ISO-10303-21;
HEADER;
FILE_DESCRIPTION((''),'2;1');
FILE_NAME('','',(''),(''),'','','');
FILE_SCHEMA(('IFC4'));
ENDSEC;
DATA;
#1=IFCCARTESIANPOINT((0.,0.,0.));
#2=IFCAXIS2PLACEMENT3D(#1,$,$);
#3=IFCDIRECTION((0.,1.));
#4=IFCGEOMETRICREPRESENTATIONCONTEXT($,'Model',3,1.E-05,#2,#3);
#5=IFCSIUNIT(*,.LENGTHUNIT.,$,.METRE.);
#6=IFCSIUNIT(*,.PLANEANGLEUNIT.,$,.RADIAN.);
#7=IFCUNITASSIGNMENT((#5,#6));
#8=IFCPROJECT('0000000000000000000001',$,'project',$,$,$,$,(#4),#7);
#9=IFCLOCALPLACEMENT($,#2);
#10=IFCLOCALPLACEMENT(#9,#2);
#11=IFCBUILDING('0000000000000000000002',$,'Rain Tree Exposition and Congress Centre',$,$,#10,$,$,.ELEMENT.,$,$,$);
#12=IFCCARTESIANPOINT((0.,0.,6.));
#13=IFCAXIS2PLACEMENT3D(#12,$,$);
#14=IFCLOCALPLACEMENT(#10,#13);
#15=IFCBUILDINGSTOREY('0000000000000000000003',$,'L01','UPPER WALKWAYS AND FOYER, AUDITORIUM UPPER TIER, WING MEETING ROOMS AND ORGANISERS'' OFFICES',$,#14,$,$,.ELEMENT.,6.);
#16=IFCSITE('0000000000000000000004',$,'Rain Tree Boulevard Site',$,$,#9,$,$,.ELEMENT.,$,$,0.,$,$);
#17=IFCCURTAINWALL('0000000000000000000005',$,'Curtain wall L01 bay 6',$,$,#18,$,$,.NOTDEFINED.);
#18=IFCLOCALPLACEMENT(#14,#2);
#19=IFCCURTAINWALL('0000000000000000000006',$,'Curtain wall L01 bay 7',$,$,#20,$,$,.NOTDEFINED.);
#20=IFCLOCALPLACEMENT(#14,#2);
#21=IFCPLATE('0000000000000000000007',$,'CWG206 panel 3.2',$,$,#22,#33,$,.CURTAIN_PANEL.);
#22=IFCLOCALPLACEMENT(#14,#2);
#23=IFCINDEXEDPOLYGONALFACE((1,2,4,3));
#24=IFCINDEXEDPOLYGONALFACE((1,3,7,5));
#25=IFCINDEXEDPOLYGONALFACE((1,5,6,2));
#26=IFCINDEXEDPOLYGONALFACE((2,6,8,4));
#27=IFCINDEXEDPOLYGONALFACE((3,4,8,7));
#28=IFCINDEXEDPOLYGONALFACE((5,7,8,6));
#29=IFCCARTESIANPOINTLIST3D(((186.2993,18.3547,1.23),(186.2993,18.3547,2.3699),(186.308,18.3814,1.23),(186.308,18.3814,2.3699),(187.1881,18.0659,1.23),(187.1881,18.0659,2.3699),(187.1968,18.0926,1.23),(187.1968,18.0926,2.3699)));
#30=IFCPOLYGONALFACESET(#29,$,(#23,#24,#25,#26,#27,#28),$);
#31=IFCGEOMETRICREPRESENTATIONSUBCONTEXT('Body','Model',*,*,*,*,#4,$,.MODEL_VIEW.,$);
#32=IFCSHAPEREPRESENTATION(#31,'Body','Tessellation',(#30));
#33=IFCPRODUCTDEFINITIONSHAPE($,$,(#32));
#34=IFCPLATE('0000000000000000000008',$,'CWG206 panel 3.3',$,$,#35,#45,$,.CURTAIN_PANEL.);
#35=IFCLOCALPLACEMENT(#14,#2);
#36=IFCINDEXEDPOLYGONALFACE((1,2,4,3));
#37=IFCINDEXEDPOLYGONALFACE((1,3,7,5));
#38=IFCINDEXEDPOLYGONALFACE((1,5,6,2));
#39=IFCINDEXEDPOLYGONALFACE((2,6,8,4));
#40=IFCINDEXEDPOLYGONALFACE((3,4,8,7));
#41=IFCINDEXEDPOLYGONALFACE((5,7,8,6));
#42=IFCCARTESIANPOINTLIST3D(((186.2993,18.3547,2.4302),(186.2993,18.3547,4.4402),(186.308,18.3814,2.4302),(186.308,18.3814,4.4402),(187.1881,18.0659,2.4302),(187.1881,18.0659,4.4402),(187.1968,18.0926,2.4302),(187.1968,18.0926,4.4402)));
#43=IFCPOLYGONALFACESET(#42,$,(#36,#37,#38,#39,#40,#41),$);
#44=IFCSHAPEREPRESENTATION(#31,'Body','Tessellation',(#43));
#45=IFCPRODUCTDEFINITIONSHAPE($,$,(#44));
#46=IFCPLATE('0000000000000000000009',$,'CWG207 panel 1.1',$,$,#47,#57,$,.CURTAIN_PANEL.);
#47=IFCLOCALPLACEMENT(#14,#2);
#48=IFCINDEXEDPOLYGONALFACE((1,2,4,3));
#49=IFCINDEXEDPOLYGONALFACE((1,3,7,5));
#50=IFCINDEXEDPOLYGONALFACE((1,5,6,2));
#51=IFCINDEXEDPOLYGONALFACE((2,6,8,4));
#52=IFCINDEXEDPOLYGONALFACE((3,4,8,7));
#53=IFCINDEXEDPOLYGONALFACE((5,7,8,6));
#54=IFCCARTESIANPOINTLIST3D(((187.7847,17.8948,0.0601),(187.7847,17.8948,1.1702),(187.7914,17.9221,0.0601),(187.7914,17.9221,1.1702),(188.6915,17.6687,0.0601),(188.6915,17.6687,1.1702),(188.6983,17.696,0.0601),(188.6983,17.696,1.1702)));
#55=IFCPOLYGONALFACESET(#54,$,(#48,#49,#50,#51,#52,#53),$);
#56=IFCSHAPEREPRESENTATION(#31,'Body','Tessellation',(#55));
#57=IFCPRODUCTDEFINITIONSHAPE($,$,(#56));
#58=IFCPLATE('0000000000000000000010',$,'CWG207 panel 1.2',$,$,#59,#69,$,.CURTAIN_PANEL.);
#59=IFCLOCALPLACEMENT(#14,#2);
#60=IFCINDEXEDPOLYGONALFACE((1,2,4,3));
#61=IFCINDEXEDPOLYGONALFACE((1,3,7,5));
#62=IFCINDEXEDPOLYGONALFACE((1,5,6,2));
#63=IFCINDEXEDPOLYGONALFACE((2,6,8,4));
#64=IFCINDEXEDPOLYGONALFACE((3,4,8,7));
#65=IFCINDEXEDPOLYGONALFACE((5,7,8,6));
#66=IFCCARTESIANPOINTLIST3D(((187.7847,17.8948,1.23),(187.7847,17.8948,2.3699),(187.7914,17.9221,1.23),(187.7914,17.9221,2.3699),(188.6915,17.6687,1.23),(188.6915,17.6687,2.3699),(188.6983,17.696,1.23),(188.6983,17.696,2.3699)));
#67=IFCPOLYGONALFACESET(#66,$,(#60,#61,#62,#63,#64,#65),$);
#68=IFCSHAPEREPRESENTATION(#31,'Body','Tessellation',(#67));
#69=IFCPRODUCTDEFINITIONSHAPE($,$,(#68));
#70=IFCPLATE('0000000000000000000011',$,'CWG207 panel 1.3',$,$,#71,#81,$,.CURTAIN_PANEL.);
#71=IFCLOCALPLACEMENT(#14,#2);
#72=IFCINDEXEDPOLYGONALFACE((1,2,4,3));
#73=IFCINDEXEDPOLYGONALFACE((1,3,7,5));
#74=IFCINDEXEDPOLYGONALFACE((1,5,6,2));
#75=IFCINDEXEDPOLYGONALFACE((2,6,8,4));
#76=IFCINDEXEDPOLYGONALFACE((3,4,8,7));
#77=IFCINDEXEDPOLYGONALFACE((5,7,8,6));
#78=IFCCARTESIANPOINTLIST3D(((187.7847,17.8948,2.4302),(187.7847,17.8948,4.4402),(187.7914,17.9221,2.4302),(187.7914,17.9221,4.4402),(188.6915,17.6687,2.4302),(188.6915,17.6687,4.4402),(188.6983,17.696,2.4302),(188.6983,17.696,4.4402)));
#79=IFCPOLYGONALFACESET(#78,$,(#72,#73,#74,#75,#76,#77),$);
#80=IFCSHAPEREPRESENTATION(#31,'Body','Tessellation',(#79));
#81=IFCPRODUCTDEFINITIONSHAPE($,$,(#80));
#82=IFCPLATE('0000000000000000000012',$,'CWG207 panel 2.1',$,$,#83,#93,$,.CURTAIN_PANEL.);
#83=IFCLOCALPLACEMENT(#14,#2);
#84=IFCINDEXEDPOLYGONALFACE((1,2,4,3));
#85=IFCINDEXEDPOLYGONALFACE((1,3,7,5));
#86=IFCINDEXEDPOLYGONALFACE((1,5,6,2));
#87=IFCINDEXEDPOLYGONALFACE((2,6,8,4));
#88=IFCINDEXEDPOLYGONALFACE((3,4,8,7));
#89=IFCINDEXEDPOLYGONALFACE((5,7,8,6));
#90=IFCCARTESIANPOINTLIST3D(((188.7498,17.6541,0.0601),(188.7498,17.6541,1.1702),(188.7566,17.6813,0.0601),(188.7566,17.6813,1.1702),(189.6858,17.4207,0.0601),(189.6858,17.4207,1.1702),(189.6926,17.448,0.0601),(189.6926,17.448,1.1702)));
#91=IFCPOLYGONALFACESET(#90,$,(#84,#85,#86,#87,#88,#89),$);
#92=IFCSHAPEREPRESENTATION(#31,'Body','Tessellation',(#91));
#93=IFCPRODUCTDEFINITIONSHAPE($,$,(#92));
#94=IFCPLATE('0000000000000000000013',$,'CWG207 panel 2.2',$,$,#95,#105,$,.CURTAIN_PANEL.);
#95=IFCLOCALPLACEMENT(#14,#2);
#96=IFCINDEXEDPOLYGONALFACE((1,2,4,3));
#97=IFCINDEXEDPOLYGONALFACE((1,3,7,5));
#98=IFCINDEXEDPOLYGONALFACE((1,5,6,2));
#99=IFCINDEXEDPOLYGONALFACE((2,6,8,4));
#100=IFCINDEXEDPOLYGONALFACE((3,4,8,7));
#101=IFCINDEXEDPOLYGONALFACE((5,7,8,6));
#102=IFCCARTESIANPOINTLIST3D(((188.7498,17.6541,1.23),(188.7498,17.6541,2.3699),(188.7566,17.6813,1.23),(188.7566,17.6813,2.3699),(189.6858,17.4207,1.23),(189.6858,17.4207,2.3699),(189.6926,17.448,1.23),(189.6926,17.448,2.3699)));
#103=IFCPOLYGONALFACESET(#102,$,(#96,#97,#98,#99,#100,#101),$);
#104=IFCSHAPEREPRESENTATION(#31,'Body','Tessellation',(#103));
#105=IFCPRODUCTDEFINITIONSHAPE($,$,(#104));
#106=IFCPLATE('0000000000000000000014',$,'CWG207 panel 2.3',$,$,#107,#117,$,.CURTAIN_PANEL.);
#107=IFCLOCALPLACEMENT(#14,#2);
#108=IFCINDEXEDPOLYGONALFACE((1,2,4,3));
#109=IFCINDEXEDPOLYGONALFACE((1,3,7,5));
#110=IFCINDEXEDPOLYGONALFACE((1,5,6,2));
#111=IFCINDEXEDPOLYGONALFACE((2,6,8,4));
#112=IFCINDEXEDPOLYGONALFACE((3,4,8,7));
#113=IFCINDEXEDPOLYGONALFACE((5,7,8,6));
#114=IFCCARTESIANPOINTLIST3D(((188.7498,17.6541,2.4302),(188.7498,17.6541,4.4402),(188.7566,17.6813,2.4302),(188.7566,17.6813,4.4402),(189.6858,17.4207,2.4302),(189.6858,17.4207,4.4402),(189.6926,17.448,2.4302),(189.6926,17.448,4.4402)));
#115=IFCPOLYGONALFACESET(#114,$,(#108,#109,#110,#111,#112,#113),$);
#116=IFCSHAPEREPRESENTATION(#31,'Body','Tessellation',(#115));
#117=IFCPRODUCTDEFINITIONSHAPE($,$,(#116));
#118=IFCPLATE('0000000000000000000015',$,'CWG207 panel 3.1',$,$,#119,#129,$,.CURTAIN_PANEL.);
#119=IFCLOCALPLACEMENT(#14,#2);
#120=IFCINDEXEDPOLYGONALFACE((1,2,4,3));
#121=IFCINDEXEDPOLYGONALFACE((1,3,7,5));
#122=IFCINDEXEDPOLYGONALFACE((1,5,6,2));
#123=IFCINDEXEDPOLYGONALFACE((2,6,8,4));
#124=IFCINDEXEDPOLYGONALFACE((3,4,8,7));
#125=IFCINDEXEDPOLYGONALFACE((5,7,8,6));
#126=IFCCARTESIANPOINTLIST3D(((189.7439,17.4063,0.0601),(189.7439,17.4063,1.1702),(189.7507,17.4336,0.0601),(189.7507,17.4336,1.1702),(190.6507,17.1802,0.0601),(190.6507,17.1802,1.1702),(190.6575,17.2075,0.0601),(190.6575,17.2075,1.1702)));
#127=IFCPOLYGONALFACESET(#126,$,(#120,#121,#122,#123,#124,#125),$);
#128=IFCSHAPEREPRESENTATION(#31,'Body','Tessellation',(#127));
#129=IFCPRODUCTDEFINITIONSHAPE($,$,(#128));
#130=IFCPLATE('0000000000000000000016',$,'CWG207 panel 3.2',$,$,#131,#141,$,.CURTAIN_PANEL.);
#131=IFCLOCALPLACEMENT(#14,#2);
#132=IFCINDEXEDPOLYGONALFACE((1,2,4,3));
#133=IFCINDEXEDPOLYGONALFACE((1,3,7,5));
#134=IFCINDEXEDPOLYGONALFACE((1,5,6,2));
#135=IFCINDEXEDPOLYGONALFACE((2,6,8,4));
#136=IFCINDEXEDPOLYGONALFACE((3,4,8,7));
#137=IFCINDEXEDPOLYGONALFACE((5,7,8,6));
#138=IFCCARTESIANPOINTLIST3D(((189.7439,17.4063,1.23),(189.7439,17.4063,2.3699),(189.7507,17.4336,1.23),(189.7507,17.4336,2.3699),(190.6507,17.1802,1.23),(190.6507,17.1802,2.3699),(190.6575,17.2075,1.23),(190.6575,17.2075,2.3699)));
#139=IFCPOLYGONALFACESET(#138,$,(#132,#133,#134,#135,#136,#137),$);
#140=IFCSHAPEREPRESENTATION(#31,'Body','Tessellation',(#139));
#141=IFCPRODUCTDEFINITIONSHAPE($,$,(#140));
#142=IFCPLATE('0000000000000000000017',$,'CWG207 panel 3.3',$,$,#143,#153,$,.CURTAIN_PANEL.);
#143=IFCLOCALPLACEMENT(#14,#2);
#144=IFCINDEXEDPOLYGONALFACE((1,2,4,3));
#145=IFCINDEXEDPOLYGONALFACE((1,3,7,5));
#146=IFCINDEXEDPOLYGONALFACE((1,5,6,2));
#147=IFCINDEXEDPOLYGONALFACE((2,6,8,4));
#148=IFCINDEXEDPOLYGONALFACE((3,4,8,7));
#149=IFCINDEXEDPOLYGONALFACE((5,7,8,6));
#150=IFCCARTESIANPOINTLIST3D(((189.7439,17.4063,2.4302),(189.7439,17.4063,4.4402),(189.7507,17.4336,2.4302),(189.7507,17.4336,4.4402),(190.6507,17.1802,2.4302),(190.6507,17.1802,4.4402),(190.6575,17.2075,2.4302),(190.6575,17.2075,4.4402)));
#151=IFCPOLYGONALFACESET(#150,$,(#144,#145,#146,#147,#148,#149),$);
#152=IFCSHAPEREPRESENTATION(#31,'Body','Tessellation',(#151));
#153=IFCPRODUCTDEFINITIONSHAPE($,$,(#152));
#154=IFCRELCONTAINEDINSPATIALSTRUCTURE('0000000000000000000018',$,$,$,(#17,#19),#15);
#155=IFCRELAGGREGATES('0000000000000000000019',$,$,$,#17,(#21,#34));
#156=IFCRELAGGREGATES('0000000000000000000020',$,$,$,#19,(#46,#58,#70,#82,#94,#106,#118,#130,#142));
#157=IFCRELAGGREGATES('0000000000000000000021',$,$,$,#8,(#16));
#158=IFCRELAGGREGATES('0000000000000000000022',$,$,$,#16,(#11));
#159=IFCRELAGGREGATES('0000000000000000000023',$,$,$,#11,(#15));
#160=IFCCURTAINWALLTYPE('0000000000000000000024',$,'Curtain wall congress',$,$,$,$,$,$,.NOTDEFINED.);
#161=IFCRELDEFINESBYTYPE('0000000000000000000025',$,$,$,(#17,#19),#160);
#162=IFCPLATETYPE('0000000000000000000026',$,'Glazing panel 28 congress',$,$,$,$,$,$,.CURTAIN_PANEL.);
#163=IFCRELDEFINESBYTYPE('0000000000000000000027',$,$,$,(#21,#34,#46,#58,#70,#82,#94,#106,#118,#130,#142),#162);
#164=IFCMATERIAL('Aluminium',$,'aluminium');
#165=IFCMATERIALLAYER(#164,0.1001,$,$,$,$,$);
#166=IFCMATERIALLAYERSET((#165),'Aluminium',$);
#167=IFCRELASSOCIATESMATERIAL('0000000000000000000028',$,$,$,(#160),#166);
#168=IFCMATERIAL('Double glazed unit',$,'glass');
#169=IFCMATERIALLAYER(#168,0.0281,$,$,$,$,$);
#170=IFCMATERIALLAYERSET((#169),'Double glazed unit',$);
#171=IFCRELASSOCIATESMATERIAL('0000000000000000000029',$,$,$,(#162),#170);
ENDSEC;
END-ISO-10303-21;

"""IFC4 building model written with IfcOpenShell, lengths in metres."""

from ifc_helpers import new_model, si_unit, direction, frame, origin, origin_2d, place, context, subcontext, project, spatial, rectangle, extrude, material, layer, layer_set, type_object, element, aggregate, save


model = new_model("IFC4")

# Units and contexts
model_context = context("Model", 3, precision=1e-05, world=origin(), true_north=direction((0.0, 1.0)))
body_context = subcontext(model_context, "Body", "Model", "MODEL_VIEW")
ifc_project = project(units=[si_unit("LENGTHUNIT", "METRE"), si_unit("PLANEANGLEUNIT", "RADIAN")], contexts=[model_context])

# Site, building, storey
site_placement = place(None, origin())
site = spatial("IfcSite", under=ifc_project, at=site_placement, Name="Rain Tree Boulevard Site", CompositionType="ELEMENT", RefElevation=0.0)
building_placement = place(site_placement, origin())
building = spatial("IfcBuilding", under=site, at=building_placement, Name="Rain Tree Exposition and Congress Centre", CompositionType="ELEMENT")
storey_placement = place(building_placement, frame((0.0, 0.0, 6.0)))
storey = spatial("IfcBuildingStorey", under=building, at=storey_placement, Name="L01", Description="UPPER WALKWAYS AND FOYER, AUDITORIUM UPPER TIER, WING MEETING ROOMS AND ORGANISERS' OFFICES", CompositionType="ELEMENT", Elevation=6.0)

# Curtain wall
ifc_material_1 = material(Name="Aluminium", Category="aluminium")
ifc_layer_1 = layer(ifc_material_1, 0.1001)
ifc_layer_set_1 = layer_set([ifc_layer_1], Name="Aluminium")
curtain_wall_type = type_object("IfcCurtainWallType", Name="Curtain wall congress", PredefinedType="NOTDEFINED", material=ifc_layer_set_1)
curtain_wall_1_placement = place(storey_placement, origin())
curtain_wall_1 = element("IfcCurtainWall", 1, at=curtain_wall_1_placement, inside=storey, type_object=curtain_wall_type, Name="Curtain wall L01 bay 6", PredefinedType="NOTDEFINED")

# Curtain wall
curtain_wall_2_placement = place(storey_placement, origin())
curtain_wall_2 = element("IfcCurtainWall", 2, at=curtain_wall_2_placement, inside=storey, type_object=curtain_wall_type, Name="Curtain wall L01 bay 7", PredefinedType="NOTDEFINED")

# Plates
ifc_material_2 = material(Name="Double glazed unit", Category="glass")
ifc_layer_2 = layer(ifc_material_2, 0.0281)
ifc_layer_set_2 = layer_set([ifc_layer_2], Name="Double glazed unit")
plate_type = type_object("IfcPlateType", Name="Glazing panel 28 congress", PredefinedType="CURTAIN_PANEL", material=ifc_layer_set_2)
plate_1_placement = place(storey_placement, frame((186.748, 18.2236, 1.23), z_axis=(0.0, 0.0, 1.0), x_axis=(0.95106, -0.309006, 0.0)))
plate_1 = element("IfcPlate", 3, at=plate_1_placement, type_object=plate_type, Name="CWG206 panel 3.2", PredefinedType="CURTAIN_PANEL", context=body_context, shape_type="SweptSolid", body=[
    extrude(rectangle(XDim=0.9346, YDim=0.0281, at=origin_2d()), origin(), (0.0, 0.0, 1.0), 1.1399),
])
plate_2_placement = place(storey_placement, frame((186.748, 18.2236, 2.4302), z_axis=(0.0, 0.0, 1.0), x_axis=(0.95106, -0.309006, 0.0)))
plate_2 = element("IfcPlate", 4, at=plate_2_placement, type_object=plate_type, Name="CWG206 panel 3.3", PredefinedType="CURTAIN_PANEL", context=body_context, shape_type="SweptSolid", body=[
    extrude(rectangle(XDim=0.9346, YDim=0.0281, at=origin_2d()), origin(), (0.0, 0.0, 1.0), 2.01),
])
aggregate(curtain_wall_1, [plate_1, plate_2])
plate_3_placement = place(storey_placement, frame((188.2415, 17.7954, 0.0601), z_axis=(0.0, 0.0, 1.0), x_axis=(0.970295, -0.241923, 0.0)))
plate_3 = element("IfcPlate", 5, at=plate_3_placement, type_object=plate_type, Name="CWG207 panel 1.1", PredefinedType="CURTAIN_PANEL", context=body_context, shape_type="SweptSolid", body=[
    extrude(rectangle(XDim=0.9346, YDim=0.0281, at=origin_2d()), origin(), (0.0, 0.0, 1.0), 1.1101),
])
plate_4_placement = place(storey_placement, frame((188.2415, 17.7954, 1.23), z_axis=(0.0, 0.0, 1.0), x_axis=(0.970295, -0.241923, 0.0)))
plate_4 = element("IfcPlate", 6, at=plate_4_placement, type_object=plate_type, Name="CWG207 panel 1.2", PredefinedType="CURTAIN_PANEL", context=body_context, shape_type="SweptSolid", body=[
    extrude(rectangle(XDim=0.9346, YDim=0.0281, at=origin_2d()), origin(), (0.0, 0.0, 1.0), 1.1399),
])
plate_5_placement = place(storey_placement, frame((188.2415, 17.7954, 2.4302), z_axis=(0.0, 0.0, 1.0), x_axis=(0.970295, -0.241923, 0.0)))
plate_5 = element("IfcPlate", 7, at=plate_5_placement, type_object=plate_type, Name="CWG207 panel 1.3", PredefinedType="CURTAIN_PANEL", context=body_context, shape_type="SweptSolid", body=[
    extrude(rectangle(XDim=0.9346, YDim=0.0281, at=origin_2d()), origin(), (0.0, 0.0, 1.0), 2.01),
])
plate_6_placement = place(storey_placement, frame((189.2212, 17.551, 0.0601), z_axis=(0.0, 0.0, 1.0), x_axis=(0.970295, -0.241923, 0.0)))
plate_6 = element("IfcPlate", 8, at=plate_6_placement, type_object=plate_type, Name="CWG207 panel 2.1", PredefinedType="CURTAIN_PANEL", context=body_context, shape_type="SweptSolid", body=[
    extrude(rectangle(XDim=0.9646, YDim=0.0281, at=origin_2d()), origin(), (0.0, 0.0, 1.0), 1.1101),
])
plate_7_placement = place(storey_placement, frame((189.2212, 17.551, 1.23), z_axis=(0.0, 0.0, 1.0), x_axis=(0.970295, -0.241923, 0.0)))
plate_7 = element("IfcPlate", 9, at=plate_7_placement, type_object=plate_type, Name="CWG207 panel 2.2", PredefinedType="CURTAIN_PANEL", context=body_context, shape_type="SweptSolid", body=[
    extrude(rectangle(XDim=0.9646, YDim=0.0281, at=origin_2d()), origin(), (0.0, 0.0, 1.0), 1.1399),
])
plate_8_placement = place(storey_placement, frame((189.2212, 17.551, 2.4302), z_axis=(0.0, 0.0, 1.0), x_axis=(0.970295, -0.241923, 0.0)))
plate_8 = element("IfcPlate", 10, at=plate_8_placement, type_object=plate_type, Name="CWG207 panel 2.3", PredefinedType="CURTAIN_PANEL", context=body_context, shape_type="SweptSolid", body=[
    extrude(rectangle(XDim=0.9646, YDim=0.0281, at=origin_2d()), origin(), (0.0, 0.0, 1.0), 2.01),
])
plate_9_placement = place(storey_placement, frame((190.2007, 17.3069, 0.0601), z_axis=(0.0, 0.0, 1.0), x_axis=(0.970295, -0.241923, 0.0)))
plate_9 = element("IfcPlate", 11, at=plate_9_placement, type_object=plate_type, Name="CWG207 panel 3.1", PredefinedType="CURTAIN_PANEL", context=body_context, shape_type="SweptSolid", body=[
    extrude(rectangle(XDim=0.9346, YDim=0.0281, at=origin_2d()), origin(), (0.0, 0.0, 1.0), 1.1101),
])
plate_10_placement = place(storey_placement, frame((190.2007, 17.3069, 1.23), z_axis=(0.0, 0.0, 1.0), x_axis=(0.970295, -0.241923, 0.0)))
plate_10 = element("IfcPlate", 12, at=plate_10_placement, type_object=plate_type, Name="CWG207 panel 3.2", PredefinedType="CURTAIN_PANEL", context=body_context, shape_type="SweptSolid", body=[
    extrude(rectangle(XDim=0.9346, YDim=0.0281, at=origin_2d()), origin(), (0.0, 0.0, 1.0), 1.1399),
])
plate_11_placement = place(storey_placement, frame((190.2007, 17.3069, 2.4302), z_axis=(0.0, 0.0, 1.0), x_axis=(0.970295, -0.241923, 0.0)))
plate_11 = element("IfcPlate", 13, at=plate_11_placement, type_object=plate_type, Name="CWG207 panel 3.3", PredefinedType="CURTAIN_PANEL", context=body_context, shape_type="SweptSolid", body=[
    extrude(rectangle(XDim=0.9346, YDim=0.0281, at=origin_2d()), origin(), (0.0, 0.0, 1.0), 2.01),
])
aggregate(curtain_wall_2, [plate_3, plate_4, plate_5, plate_6, plate_7, plate_8, plate_9, plate_10, plate_11])

save(model, "model.ifc")
